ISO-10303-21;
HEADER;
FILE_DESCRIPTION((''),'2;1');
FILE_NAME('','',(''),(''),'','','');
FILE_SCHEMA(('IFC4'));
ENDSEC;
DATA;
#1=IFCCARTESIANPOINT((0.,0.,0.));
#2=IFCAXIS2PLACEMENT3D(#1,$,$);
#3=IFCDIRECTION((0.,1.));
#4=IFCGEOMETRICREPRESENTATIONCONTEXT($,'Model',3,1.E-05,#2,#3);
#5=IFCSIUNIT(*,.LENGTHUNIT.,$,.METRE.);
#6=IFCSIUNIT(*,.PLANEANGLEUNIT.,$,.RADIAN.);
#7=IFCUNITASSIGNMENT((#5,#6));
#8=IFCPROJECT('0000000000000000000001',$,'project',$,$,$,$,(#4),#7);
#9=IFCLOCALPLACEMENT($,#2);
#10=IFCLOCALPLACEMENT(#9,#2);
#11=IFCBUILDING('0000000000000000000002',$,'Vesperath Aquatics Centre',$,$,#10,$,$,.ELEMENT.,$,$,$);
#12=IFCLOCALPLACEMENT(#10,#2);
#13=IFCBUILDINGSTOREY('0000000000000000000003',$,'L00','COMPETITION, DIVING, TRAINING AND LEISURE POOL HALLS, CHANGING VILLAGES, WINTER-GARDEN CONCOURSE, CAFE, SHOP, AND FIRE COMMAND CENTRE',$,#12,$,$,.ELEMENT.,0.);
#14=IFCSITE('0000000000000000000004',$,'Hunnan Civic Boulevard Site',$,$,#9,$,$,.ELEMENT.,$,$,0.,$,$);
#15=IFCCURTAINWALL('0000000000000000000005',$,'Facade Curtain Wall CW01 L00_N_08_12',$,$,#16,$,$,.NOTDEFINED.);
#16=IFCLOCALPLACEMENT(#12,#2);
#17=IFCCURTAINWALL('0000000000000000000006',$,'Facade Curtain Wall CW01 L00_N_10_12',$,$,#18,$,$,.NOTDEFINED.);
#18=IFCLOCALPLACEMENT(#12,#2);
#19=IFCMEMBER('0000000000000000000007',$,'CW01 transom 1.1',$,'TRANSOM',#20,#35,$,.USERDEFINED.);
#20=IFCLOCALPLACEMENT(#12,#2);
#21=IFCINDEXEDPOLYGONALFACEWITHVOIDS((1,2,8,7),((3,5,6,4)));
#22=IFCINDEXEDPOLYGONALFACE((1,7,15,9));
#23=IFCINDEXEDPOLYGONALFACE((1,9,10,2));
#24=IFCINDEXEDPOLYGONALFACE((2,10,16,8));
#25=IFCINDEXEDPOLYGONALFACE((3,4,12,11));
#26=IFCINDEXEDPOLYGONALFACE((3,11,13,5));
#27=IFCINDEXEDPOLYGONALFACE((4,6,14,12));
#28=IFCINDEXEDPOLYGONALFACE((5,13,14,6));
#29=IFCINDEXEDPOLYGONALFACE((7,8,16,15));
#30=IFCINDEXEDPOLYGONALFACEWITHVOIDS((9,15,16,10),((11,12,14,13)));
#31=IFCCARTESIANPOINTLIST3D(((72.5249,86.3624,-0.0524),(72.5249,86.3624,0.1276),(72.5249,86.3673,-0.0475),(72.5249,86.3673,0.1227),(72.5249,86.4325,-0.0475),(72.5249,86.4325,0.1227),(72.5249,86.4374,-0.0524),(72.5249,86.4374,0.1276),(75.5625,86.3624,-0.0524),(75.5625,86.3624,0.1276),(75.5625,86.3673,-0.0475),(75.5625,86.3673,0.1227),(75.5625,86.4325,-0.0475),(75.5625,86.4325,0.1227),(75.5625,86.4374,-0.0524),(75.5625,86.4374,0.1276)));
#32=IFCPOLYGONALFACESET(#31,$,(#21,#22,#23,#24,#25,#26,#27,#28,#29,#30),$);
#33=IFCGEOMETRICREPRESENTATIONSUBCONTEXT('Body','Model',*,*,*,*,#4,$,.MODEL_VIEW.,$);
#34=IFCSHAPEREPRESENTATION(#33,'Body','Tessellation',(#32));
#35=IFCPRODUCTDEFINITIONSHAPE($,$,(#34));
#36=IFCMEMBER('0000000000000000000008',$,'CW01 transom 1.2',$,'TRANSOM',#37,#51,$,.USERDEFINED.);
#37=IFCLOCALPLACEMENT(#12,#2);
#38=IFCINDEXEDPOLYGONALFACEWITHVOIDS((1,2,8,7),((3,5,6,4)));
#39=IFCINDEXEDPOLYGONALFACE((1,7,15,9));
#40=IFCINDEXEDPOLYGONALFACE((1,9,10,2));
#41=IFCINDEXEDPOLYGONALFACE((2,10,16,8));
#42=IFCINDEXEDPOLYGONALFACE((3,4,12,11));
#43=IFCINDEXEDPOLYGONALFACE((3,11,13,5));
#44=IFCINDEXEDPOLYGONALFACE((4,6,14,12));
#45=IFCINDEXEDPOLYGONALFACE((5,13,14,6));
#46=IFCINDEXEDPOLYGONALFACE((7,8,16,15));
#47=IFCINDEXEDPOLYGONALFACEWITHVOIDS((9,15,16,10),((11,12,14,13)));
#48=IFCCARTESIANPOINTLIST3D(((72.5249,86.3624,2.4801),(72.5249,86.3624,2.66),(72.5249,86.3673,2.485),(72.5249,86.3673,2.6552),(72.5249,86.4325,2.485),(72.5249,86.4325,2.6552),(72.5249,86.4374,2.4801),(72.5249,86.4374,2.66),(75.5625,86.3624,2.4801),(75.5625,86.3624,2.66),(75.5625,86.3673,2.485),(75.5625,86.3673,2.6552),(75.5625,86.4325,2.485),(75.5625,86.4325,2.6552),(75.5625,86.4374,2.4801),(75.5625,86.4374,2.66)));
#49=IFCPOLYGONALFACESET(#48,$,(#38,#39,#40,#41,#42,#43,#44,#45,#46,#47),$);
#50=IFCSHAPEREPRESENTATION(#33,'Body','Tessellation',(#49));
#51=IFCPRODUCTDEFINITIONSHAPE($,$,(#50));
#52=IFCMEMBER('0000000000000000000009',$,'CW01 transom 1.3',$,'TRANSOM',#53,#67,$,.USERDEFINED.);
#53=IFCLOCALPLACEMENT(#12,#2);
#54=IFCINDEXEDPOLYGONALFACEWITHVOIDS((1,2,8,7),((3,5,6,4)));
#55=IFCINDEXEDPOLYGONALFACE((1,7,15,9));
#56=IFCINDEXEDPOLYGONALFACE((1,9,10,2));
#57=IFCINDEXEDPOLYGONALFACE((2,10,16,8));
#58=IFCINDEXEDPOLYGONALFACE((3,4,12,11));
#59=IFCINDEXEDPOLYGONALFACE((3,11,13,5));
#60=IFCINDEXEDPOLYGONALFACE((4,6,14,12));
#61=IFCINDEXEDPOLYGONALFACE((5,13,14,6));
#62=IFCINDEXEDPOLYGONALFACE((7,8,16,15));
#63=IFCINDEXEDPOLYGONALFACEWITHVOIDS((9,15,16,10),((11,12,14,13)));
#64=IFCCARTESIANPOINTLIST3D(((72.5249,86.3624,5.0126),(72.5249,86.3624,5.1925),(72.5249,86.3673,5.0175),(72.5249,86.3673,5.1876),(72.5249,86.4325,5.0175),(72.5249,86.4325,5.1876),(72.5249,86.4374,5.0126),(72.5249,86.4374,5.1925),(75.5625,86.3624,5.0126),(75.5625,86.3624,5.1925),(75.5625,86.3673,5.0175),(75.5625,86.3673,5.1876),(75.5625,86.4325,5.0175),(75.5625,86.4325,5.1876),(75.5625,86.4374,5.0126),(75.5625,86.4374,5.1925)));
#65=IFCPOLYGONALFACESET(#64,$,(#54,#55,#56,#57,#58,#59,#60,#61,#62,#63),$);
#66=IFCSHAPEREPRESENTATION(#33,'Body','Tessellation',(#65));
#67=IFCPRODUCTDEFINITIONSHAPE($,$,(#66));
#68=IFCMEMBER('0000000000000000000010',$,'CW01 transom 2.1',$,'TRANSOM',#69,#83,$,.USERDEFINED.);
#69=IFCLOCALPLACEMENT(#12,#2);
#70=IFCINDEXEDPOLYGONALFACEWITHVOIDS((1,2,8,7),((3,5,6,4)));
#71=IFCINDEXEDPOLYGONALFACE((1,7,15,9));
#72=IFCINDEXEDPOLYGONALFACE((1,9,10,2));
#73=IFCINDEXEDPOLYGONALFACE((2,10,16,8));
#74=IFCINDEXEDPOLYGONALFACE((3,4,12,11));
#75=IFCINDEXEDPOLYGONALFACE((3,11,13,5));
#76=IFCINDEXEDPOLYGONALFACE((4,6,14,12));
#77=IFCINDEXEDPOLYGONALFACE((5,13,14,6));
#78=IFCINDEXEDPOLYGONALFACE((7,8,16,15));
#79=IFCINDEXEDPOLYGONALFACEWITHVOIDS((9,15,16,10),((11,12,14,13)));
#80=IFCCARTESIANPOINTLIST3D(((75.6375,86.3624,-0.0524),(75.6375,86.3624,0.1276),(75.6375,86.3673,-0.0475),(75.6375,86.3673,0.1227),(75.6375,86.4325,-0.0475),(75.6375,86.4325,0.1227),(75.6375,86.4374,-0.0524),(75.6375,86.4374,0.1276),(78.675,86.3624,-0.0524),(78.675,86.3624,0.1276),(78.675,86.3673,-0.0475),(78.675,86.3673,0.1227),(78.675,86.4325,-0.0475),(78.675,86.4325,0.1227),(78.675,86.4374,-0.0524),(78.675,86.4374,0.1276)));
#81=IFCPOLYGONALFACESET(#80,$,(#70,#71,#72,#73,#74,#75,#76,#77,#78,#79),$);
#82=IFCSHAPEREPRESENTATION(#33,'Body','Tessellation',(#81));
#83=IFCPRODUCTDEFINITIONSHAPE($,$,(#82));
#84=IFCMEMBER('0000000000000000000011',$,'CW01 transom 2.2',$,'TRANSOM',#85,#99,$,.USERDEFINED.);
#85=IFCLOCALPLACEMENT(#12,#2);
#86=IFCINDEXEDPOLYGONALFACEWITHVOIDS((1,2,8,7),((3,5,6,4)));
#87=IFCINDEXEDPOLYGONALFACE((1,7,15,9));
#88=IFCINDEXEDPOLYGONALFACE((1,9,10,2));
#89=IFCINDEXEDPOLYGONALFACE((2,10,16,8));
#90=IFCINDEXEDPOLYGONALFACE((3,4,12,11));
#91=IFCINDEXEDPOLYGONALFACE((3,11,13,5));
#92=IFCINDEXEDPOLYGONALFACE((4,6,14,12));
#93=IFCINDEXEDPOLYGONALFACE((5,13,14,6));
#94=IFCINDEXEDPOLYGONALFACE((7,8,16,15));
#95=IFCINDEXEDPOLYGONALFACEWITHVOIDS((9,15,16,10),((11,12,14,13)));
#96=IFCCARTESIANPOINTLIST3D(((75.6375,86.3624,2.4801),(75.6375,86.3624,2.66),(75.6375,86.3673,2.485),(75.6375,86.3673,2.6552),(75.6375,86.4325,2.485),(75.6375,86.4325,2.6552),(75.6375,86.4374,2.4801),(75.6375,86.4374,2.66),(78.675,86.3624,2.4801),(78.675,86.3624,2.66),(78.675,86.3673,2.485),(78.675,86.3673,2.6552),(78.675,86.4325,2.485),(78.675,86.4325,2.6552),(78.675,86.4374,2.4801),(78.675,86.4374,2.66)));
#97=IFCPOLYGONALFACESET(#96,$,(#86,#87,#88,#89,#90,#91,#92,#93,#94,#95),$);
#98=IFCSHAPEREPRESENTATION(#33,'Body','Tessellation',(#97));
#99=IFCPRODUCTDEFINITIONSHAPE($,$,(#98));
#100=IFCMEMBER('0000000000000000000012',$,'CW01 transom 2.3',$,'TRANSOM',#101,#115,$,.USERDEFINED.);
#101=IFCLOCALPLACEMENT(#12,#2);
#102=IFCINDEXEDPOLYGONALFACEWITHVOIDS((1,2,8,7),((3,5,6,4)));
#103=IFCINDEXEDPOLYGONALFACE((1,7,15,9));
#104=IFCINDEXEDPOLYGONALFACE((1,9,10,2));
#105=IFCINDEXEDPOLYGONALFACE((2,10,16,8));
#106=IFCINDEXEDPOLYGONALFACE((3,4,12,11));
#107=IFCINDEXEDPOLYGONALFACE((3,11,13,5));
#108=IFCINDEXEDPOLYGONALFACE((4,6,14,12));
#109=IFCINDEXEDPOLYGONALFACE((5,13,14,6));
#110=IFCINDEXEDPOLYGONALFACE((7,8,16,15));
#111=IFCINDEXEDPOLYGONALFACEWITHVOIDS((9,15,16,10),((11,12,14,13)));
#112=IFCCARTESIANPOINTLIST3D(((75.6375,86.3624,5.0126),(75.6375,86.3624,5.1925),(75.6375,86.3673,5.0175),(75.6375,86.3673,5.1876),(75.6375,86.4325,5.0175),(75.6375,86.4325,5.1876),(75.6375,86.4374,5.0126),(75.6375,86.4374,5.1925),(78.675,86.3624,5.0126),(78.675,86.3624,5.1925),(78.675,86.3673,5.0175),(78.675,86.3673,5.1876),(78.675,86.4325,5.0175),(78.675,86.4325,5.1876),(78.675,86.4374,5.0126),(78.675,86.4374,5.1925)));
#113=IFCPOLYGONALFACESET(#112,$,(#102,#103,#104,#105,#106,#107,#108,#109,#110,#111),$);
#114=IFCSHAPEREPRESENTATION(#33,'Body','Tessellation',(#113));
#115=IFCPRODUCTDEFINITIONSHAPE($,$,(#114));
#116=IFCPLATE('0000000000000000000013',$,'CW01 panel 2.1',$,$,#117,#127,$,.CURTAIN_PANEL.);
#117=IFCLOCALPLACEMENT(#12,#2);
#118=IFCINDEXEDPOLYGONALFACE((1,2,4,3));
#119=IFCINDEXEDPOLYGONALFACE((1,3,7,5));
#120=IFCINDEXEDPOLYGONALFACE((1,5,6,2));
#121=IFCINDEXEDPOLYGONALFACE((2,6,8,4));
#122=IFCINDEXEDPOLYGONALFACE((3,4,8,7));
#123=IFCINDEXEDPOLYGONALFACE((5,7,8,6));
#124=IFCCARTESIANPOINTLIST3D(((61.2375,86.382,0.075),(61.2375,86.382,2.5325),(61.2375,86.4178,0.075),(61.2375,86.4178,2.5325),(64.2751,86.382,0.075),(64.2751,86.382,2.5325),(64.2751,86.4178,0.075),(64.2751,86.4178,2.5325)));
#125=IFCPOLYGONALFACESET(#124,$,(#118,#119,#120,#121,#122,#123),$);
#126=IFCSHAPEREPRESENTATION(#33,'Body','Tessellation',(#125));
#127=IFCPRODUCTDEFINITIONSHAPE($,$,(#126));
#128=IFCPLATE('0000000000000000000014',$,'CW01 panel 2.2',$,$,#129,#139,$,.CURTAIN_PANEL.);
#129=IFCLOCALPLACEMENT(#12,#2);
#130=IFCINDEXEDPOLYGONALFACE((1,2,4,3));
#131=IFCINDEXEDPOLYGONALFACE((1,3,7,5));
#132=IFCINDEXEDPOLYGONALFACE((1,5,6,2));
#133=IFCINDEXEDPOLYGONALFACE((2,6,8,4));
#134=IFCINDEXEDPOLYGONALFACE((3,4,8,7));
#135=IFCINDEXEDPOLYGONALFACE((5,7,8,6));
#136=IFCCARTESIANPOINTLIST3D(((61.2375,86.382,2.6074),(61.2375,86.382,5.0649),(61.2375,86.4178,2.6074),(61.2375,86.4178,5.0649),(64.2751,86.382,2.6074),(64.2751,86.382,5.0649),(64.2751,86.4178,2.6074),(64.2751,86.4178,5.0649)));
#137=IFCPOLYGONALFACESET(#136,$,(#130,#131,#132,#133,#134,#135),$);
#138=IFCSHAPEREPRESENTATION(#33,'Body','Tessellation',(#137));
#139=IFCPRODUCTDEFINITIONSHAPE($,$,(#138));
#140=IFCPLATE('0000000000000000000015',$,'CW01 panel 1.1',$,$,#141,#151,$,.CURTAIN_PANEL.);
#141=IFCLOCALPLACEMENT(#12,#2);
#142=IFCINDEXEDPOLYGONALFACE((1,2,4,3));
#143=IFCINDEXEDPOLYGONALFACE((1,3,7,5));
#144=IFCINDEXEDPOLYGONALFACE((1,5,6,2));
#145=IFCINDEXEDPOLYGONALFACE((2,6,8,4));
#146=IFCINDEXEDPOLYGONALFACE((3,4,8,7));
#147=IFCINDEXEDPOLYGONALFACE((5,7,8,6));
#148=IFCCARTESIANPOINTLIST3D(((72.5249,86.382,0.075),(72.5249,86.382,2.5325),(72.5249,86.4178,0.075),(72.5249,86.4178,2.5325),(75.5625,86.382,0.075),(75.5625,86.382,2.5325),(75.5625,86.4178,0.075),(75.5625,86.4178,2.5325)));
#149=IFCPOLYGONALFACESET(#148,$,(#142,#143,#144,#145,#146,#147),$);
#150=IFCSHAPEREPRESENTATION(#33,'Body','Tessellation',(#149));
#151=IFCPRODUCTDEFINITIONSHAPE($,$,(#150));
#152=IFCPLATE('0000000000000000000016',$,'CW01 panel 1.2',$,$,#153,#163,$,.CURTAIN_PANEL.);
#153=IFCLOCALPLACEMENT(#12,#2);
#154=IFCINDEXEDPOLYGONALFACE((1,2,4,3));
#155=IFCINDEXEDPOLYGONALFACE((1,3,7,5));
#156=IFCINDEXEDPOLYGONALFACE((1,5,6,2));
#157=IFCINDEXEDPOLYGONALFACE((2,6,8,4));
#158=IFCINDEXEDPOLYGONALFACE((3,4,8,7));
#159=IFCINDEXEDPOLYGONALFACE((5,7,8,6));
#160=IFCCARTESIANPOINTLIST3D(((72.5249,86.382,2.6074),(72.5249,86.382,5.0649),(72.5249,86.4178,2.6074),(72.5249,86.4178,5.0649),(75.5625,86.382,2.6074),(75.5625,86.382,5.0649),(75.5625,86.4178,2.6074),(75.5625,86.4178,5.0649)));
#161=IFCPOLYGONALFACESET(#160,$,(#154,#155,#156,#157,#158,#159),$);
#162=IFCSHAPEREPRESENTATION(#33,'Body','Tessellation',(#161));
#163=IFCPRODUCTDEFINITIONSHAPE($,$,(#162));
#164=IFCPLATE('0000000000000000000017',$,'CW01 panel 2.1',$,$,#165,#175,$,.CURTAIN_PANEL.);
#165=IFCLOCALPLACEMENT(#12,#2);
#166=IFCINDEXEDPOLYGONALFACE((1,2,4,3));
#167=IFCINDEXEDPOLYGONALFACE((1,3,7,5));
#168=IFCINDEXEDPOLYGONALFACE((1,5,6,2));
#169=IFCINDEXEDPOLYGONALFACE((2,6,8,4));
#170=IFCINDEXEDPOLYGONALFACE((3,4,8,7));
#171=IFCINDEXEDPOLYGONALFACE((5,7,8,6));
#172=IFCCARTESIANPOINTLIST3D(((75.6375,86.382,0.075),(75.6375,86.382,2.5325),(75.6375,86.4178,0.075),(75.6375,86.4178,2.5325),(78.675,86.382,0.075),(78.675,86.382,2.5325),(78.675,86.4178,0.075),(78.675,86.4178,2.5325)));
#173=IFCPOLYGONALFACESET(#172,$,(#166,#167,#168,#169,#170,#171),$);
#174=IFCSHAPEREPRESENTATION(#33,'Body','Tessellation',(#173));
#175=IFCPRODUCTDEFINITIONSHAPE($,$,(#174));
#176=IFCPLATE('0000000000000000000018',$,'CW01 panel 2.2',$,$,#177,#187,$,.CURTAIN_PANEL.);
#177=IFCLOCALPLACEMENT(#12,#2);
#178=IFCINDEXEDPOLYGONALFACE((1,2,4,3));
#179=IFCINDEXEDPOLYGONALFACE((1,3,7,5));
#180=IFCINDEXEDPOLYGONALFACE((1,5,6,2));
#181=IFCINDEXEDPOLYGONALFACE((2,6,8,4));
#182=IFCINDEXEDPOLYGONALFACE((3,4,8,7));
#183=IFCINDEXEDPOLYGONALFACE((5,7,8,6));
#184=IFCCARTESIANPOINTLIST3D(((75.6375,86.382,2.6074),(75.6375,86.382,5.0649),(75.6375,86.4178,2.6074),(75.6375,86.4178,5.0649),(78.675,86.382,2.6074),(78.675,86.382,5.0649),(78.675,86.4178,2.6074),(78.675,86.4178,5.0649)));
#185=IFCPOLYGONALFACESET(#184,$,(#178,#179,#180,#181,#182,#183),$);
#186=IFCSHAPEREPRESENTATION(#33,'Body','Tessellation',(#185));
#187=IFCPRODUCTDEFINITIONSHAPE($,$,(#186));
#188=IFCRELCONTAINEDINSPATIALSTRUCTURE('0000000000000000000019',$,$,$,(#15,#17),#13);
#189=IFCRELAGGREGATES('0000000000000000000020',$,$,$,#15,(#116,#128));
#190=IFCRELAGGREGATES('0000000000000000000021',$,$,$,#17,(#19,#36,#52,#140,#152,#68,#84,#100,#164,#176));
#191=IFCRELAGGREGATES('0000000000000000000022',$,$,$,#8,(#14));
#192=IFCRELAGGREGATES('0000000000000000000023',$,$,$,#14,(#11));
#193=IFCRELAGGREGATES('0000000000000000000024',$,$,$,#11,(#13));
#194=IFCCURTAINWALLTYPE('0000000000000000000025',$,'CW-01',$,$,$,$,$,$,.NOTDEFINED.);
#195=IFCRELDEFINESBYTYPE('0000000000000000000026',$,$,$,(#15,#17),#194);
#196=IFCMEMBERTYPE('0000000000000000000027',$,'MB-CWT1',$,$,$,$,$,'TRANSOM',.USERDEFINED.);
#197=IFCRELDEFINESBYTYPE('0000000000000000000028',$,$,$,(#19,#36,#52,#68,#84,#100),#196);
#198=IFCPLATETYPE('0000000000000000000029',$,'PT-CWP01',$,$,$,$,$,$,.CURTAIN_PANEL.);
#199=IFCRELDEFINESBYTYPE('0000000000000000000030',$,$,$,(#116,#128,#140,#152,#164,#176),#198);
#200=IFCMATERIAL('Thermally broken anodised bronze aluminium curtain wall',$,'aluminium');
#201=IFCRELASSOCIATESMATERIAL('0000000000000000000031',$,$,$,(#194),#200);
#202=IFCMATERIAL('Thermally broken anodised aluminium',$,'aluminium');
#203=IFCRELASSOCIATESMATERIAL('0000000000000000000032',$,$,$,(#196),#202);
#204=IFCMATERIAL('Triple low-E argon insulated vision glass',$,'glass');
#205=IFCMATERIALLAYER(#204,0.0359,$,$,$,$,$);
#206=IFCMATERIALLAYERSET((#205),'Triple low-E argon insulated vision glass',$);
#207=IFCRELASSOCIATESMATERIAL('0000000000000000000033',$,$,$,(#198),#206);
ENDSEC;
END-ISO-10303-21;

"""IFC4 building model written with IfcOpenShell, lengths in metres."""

from ifc_helpers import new_model, si_unit, direction, frame, origin, origin_2d, place, context, subcontext, project, spatial, rectangle, hollow_rectangle, extrude, material, layer, layer_set, material_profile, profile_set, type_object, element, aggregate, save


model = new_model("IFC4")

# Units and contexts
model_context = context("Model", 3, precision=1e-05, world=origin(), true_north=direction((0.0, 1.0)))
body_context = subcontext(model_context, "Body", "Model", "MODEL_VIEW")
ifc_project = project(units=[si_unit("LENGTHUNIT", "METRE"), si_unit("PLANEANGLEUNIT", "RADIAN")], contexts=[model_context])

# Site, building, storey
site_placement = place(None, origin())
site = spatial("IfcSite", under=ifc_project, at=site_placement, Name="Hunnan Civic Boulevard Site", CompositionType="ELEMENT", RefElevation=0.0)
building_placement = place(site_placement, origin())
building = spatial("IfcBuilding", under=site, at=building_placement, Name="Vesperath Aquatics Centre", CompositionType="ELEMENT")
storey_placement = place(building_placement, origin())
storey = spatial("IfcBuildingStorey", under=building, at=storey_placement, Name="L00", Description="COMPETITION, DIVING, TRAINING AND LEISURE POOL HALLS, CHANGING VILLAGES, WINTER-GARDEN CONCOURSE, CAFE, SHOP, AND FIRE COMMAND CENTRE", CompositionType="ELEMENT", Elevation=0.0)

# Curtain wall
ifc_material_1 = material(Name="Thermally broken anodised bronze aluminium curtain wall", Category="aluminium")
curtain_wall_type = type_object("IfcCurtainWallType", Name="CW-01", PredefinedType="NOTDEFINED", material=ifc_material_1)
curtain_wall_1_placement = place(storey_placement, origin())
curtain_wall_1 = element("IfcCurtainWall", 1, at=curtain_wall_1_placement, inside=storey, type_object=curtain_wall_type, Name="Facade Curtain Wall CW01 L00_N_08_12", PredefinedType="NOTDEFINED")
ifc_material_2 = material(Name="Thermally broken anodised aluminium", Category="aluminium")

# Curtain wall
curtain_wall_2_placement = place(storey_placement, origin())
curtain_wall_2 = element("IfcCurtainWall", 2, at=curtain_wall_2_placement, inside=storey, type_object=curtain_wall_type, Name="Facade Curtain Wall CW01 L00_N_10_12", PredefinedType="NOTDEFINED")

# Members
ifc_material_profile_1 = material_profile(ifc_material_2, hollow_rectangle(XDim=0.075, YDim=0.1799, WallThickness=0.0049, at=origin_2d()), Name="CWT 75x180x5")
ifc_profile_set_1 = profile_set([ifc_material_profile_1], Name="Thermally broken anodised aluminium")
member_type_1 = type_object("IfcMemberType", Name="MB-CWT1", ElementType="TRANSOM", PredefinedType="USERDEFINED", material=ifc_profile_set_1)
member_1_placement = place(storey_placement, frame((72.5249, 86.3999, 0.0376), z_axis=(1.0, 0.0, 0.0), x_axis=(0.0, 1.0, 0.0)))
member_1 = element("IfcMember", 3, at=member_1_placement, type_object=member_type_1, Name="CW01 transom 1.1", ObjectType="TRANSOM", PredefinedType="USERDEFINED", context=body_context, shape_type="SweptSolid", body=[
    extrude(hollow_rectangle(XDim=0.075, YDim=0.1799, WallThickness=0.0049, at=origin_2d()), origin(), (0.0, 0.0, 1.0), 3.0376),
])
member_2_placement = place(storey_placement, frame((72.5249, 86.3999, 2.5701), z_axis=(1.0, 0.0, 0.0), x_axis=(0.0, 1.0, 0.0)))
member_2 = element("IfcMember", 4, at=member_2_placement, type_object=member_type_1, Name="CW01 transom 1.2", ObjectType="TRANSOM", PredefinedType="USERDEFINED", context=body_context, shape_type="SweptSolid", body=[
    extrude(hollow_rectangle(XDim=0.075, YDim=0.1799, WallThickness=0.0049, at=origin_2d()), origin(), (0.0, 0.0, 1.0), 3.0376),
])
member_3_placement = place(storey_placement, frame((72.5249, 86.3999, 5.1025), z_axis=(1.0, 0.0, 0.0), x_axis=(0.0, 1.0, 0.0)))
member_3 = element("IfcMember", 5, at=member_3_placement, type_object=member_type_1, Name="CW01 transom 1.3", ObjectType="TRANSOM", PredefinedType="USERDEFINED", context=body_context, shape_type="SweptSolid", body=[
    extrude(hollow_rectangle(XDim=0.075, YDim=0.1799, WallThickness=0.0049, at=origin_2d()), origin(), (0.0, 0.0, 1.0), 3.0376),
])
member_4_placement = place(storey_placement, frame((75.6375, 86.3999, 0.0376), z_axis=(1.0, 0.0, 0.0), x_axis=(0.0, 1.0, 0.0)))
member_4 = element("IfcMember", 6, at=member_4_placement, type_object=member_type_1, Name="CW01 transom 2.1", ObjectType="TRANSOM", PredefinedType="USERDEFINED", context=body_context, shape_type="SweptSolid", body=[
    extrude(hollow_rectangle(XDim=0.075, YDim=0.1799, WallThickness=0.0049, at=origin_2d()), origin(), (0.0, 0.0, 1.0), 3.0376),
])
member_5_placement = place(storey_placement, frame((75.6375, 86.3999, 2.5701), z_axis=(1.0, 0.0, 0.0), x_axis=(0.0, 1.0, 0.0)))
member_5 = element("IfcMember", 7, at=member_5_placement, type_object=member_type_1, Name="CW01 transom 2.2", ObjectType="TRANSOM", PredefinedType="USERDEFINED", context=body_context, shape_type="SweptSolid", body=[
    extrude(hollow_rectangle(XDim=0.075, YDim=0.1799, WallThickness=0.0049, at=origin_2d()), origin(), (0.0, 0.0, 1.0), 3.0376),
])
member_6_placement = place(storey_placement, frame((75.6375, 86.3999, 5.1025), z_axis=(1.0, 0.0, 0.0), x_axis=(0.0, 1.0, 0.0)))
member_6 = element("IfcMember", 8, at=member_6_placement, type_object=member_type_1, Name="CW01 transom 2.3", ObjectType="TRANSOM", PredefinedType="USERDEFINED", context=body_context, shape_type="SweptSolid", body=[
    extrude(hollow_rectangle(XDim=0.075, YDim=0.1799, WallThickness=0.0049, at=origin_2d()), origin(), (0.0, 0.0, 1.0), 3.0376),
])

# Plates
ifc_material_3 = material(Name="Triple low-E argon insulated vision glass", Category="glass")
ifc_layer_1 = layer(ifc_material_3, 0.0359)
ifc_layer_set_1 = layer_set([ifc_layer_1], Name="Triple low-E argon insulated vision glass")
plate_type = type_object("IfcPlateType", Name="PT-CWP01", PredefinedType="CURTAIN_PANEL", material=ifc_layer_set_1)
plate_1_placement = place(storey_placement, frame((62.7563, 86.3999, 0.075), z_axis=(0.0, 0.0, 1.0), x_axis=(1.0, 0.0, 0.0)))
plate_1 = element("IfcPlate", 9, at=plate_1_placement, type_object=plate_type, Name="CW01 panel 2.1", PredefinedType="CURTAIN_PANEL", context=body_context, shape_type="SweptSolid", body=[
    extrude(rectangle(XDim=3.0376, YDim=0.0359, at=origin_2d()), origin(), (0.0, 0.0, 1.0), 2.4575),
])
plate_2_placement = place(storey_placement, frame((62.7563, 86.3999, 2.6074), z_axis=(0.0, 0.0, 1.0), x_axis=(1.0, 0.0, 0.0)))
plate_2 = element("IfcPlate", 10, at=plate_2_placement, type_object=plate_type, Name="CW01 panel 2.2", PredefinedType="CURTAIN_PANEL", context=body_context, shape_type="SweptSolid", body=[
    extrude(rectangle(XDim=3.0376, YDim=0.0359, at=origin_2d()), origin(), (0.0, 0.0, 1.0), 2.4575),
])
aggregate(curtain_wall_1, [plate_1, plate_2])
plate_3_placement = place(storey_placement, frame((74.0437, 86.3999, 0.075), z_axis=(0.0, 0.0, 1.0), x_axis=(1.0, 0.0, 0.0)))
plate_3 = element("IfcPlate", 11, at=plate_3_placement, type_object=plate_type, Name="CW01 panel 1.1", PredefinedType="CURTAIN_PANEL", context=body_context, shape_type="SweptSolid", body=[
    extrude(rectangle(XDim=3.0376, YDim=0.0359, at=origin_2d()), origin(), (0.0, 0.0, 1.0), 2.4575),
])
plate_4_placement = place(storey_placement, frame((74.0437, 86.3999, 2.6074), z_axis=(0.0, 0.0, 1.0), x_axis=(1.0, 0.0, 0.0)))
plate_4 = element("IfcPlate", 12, at=plate_4_placement, type_object=plate_type, Name="CW01 panel 1.2", PredefinedType="CURTAIN_PANEL", context=body_context, shape_type="SweptSolid", body=[
    extrude(rectangle(XDim=3.0376, YDim=0.0359, at=origin_2d()), origin(), (0.0, 0.0, 1.0), 2.4575),
])
plate_5_placement = place(storey_placement, frame((77.1562, 86.3999, 0.075), z_axis=(0.0, 0.0, 1.0), x_axis=(1.0, 0.0, 0.0)))
plate_5 = element("IfcPlate", 13, at=plate_5_placement, type_object=plate_type, Name="CW01 panel 2.1", PredefinedType="CURTAIN_PANEL", context=body_context, shape_type="SweptSolid", body=[
    extrude(rectangle(XDim=3.0376, YDim=0.0359, at=origin_2d()), origin(), (0.0, 0.0, 1.0), 2.4575),
])
plate_6_placement = place(storey_placement, frame((77.1562, 86.3999, 2.6074), z_axis=(0.0, 0.0, 1.0), x_axis=(1.0, 0.0, 0.0)))
plate_6 = element("IfcPlate", 14, at=plate_6_placement, type_object=plate_type, Name="CW01 panel 2.2", PredefinedType="CURTAIN_PANEL", context=body_context, shape_type="SweptSolid", body=[
    extrude(rectangle(XDim=3.0376, YDim=0.0359, at=origin_2d()), origin(), (0.0, 0.0, 1.0), 2.4575),
])
aggregate(curtain_wall_2, [member_1, member_2, member_3, plate_3, plate_4, member_4, member_5, member_6, plate_5, plate_6])

save(model, "model.ifc")
